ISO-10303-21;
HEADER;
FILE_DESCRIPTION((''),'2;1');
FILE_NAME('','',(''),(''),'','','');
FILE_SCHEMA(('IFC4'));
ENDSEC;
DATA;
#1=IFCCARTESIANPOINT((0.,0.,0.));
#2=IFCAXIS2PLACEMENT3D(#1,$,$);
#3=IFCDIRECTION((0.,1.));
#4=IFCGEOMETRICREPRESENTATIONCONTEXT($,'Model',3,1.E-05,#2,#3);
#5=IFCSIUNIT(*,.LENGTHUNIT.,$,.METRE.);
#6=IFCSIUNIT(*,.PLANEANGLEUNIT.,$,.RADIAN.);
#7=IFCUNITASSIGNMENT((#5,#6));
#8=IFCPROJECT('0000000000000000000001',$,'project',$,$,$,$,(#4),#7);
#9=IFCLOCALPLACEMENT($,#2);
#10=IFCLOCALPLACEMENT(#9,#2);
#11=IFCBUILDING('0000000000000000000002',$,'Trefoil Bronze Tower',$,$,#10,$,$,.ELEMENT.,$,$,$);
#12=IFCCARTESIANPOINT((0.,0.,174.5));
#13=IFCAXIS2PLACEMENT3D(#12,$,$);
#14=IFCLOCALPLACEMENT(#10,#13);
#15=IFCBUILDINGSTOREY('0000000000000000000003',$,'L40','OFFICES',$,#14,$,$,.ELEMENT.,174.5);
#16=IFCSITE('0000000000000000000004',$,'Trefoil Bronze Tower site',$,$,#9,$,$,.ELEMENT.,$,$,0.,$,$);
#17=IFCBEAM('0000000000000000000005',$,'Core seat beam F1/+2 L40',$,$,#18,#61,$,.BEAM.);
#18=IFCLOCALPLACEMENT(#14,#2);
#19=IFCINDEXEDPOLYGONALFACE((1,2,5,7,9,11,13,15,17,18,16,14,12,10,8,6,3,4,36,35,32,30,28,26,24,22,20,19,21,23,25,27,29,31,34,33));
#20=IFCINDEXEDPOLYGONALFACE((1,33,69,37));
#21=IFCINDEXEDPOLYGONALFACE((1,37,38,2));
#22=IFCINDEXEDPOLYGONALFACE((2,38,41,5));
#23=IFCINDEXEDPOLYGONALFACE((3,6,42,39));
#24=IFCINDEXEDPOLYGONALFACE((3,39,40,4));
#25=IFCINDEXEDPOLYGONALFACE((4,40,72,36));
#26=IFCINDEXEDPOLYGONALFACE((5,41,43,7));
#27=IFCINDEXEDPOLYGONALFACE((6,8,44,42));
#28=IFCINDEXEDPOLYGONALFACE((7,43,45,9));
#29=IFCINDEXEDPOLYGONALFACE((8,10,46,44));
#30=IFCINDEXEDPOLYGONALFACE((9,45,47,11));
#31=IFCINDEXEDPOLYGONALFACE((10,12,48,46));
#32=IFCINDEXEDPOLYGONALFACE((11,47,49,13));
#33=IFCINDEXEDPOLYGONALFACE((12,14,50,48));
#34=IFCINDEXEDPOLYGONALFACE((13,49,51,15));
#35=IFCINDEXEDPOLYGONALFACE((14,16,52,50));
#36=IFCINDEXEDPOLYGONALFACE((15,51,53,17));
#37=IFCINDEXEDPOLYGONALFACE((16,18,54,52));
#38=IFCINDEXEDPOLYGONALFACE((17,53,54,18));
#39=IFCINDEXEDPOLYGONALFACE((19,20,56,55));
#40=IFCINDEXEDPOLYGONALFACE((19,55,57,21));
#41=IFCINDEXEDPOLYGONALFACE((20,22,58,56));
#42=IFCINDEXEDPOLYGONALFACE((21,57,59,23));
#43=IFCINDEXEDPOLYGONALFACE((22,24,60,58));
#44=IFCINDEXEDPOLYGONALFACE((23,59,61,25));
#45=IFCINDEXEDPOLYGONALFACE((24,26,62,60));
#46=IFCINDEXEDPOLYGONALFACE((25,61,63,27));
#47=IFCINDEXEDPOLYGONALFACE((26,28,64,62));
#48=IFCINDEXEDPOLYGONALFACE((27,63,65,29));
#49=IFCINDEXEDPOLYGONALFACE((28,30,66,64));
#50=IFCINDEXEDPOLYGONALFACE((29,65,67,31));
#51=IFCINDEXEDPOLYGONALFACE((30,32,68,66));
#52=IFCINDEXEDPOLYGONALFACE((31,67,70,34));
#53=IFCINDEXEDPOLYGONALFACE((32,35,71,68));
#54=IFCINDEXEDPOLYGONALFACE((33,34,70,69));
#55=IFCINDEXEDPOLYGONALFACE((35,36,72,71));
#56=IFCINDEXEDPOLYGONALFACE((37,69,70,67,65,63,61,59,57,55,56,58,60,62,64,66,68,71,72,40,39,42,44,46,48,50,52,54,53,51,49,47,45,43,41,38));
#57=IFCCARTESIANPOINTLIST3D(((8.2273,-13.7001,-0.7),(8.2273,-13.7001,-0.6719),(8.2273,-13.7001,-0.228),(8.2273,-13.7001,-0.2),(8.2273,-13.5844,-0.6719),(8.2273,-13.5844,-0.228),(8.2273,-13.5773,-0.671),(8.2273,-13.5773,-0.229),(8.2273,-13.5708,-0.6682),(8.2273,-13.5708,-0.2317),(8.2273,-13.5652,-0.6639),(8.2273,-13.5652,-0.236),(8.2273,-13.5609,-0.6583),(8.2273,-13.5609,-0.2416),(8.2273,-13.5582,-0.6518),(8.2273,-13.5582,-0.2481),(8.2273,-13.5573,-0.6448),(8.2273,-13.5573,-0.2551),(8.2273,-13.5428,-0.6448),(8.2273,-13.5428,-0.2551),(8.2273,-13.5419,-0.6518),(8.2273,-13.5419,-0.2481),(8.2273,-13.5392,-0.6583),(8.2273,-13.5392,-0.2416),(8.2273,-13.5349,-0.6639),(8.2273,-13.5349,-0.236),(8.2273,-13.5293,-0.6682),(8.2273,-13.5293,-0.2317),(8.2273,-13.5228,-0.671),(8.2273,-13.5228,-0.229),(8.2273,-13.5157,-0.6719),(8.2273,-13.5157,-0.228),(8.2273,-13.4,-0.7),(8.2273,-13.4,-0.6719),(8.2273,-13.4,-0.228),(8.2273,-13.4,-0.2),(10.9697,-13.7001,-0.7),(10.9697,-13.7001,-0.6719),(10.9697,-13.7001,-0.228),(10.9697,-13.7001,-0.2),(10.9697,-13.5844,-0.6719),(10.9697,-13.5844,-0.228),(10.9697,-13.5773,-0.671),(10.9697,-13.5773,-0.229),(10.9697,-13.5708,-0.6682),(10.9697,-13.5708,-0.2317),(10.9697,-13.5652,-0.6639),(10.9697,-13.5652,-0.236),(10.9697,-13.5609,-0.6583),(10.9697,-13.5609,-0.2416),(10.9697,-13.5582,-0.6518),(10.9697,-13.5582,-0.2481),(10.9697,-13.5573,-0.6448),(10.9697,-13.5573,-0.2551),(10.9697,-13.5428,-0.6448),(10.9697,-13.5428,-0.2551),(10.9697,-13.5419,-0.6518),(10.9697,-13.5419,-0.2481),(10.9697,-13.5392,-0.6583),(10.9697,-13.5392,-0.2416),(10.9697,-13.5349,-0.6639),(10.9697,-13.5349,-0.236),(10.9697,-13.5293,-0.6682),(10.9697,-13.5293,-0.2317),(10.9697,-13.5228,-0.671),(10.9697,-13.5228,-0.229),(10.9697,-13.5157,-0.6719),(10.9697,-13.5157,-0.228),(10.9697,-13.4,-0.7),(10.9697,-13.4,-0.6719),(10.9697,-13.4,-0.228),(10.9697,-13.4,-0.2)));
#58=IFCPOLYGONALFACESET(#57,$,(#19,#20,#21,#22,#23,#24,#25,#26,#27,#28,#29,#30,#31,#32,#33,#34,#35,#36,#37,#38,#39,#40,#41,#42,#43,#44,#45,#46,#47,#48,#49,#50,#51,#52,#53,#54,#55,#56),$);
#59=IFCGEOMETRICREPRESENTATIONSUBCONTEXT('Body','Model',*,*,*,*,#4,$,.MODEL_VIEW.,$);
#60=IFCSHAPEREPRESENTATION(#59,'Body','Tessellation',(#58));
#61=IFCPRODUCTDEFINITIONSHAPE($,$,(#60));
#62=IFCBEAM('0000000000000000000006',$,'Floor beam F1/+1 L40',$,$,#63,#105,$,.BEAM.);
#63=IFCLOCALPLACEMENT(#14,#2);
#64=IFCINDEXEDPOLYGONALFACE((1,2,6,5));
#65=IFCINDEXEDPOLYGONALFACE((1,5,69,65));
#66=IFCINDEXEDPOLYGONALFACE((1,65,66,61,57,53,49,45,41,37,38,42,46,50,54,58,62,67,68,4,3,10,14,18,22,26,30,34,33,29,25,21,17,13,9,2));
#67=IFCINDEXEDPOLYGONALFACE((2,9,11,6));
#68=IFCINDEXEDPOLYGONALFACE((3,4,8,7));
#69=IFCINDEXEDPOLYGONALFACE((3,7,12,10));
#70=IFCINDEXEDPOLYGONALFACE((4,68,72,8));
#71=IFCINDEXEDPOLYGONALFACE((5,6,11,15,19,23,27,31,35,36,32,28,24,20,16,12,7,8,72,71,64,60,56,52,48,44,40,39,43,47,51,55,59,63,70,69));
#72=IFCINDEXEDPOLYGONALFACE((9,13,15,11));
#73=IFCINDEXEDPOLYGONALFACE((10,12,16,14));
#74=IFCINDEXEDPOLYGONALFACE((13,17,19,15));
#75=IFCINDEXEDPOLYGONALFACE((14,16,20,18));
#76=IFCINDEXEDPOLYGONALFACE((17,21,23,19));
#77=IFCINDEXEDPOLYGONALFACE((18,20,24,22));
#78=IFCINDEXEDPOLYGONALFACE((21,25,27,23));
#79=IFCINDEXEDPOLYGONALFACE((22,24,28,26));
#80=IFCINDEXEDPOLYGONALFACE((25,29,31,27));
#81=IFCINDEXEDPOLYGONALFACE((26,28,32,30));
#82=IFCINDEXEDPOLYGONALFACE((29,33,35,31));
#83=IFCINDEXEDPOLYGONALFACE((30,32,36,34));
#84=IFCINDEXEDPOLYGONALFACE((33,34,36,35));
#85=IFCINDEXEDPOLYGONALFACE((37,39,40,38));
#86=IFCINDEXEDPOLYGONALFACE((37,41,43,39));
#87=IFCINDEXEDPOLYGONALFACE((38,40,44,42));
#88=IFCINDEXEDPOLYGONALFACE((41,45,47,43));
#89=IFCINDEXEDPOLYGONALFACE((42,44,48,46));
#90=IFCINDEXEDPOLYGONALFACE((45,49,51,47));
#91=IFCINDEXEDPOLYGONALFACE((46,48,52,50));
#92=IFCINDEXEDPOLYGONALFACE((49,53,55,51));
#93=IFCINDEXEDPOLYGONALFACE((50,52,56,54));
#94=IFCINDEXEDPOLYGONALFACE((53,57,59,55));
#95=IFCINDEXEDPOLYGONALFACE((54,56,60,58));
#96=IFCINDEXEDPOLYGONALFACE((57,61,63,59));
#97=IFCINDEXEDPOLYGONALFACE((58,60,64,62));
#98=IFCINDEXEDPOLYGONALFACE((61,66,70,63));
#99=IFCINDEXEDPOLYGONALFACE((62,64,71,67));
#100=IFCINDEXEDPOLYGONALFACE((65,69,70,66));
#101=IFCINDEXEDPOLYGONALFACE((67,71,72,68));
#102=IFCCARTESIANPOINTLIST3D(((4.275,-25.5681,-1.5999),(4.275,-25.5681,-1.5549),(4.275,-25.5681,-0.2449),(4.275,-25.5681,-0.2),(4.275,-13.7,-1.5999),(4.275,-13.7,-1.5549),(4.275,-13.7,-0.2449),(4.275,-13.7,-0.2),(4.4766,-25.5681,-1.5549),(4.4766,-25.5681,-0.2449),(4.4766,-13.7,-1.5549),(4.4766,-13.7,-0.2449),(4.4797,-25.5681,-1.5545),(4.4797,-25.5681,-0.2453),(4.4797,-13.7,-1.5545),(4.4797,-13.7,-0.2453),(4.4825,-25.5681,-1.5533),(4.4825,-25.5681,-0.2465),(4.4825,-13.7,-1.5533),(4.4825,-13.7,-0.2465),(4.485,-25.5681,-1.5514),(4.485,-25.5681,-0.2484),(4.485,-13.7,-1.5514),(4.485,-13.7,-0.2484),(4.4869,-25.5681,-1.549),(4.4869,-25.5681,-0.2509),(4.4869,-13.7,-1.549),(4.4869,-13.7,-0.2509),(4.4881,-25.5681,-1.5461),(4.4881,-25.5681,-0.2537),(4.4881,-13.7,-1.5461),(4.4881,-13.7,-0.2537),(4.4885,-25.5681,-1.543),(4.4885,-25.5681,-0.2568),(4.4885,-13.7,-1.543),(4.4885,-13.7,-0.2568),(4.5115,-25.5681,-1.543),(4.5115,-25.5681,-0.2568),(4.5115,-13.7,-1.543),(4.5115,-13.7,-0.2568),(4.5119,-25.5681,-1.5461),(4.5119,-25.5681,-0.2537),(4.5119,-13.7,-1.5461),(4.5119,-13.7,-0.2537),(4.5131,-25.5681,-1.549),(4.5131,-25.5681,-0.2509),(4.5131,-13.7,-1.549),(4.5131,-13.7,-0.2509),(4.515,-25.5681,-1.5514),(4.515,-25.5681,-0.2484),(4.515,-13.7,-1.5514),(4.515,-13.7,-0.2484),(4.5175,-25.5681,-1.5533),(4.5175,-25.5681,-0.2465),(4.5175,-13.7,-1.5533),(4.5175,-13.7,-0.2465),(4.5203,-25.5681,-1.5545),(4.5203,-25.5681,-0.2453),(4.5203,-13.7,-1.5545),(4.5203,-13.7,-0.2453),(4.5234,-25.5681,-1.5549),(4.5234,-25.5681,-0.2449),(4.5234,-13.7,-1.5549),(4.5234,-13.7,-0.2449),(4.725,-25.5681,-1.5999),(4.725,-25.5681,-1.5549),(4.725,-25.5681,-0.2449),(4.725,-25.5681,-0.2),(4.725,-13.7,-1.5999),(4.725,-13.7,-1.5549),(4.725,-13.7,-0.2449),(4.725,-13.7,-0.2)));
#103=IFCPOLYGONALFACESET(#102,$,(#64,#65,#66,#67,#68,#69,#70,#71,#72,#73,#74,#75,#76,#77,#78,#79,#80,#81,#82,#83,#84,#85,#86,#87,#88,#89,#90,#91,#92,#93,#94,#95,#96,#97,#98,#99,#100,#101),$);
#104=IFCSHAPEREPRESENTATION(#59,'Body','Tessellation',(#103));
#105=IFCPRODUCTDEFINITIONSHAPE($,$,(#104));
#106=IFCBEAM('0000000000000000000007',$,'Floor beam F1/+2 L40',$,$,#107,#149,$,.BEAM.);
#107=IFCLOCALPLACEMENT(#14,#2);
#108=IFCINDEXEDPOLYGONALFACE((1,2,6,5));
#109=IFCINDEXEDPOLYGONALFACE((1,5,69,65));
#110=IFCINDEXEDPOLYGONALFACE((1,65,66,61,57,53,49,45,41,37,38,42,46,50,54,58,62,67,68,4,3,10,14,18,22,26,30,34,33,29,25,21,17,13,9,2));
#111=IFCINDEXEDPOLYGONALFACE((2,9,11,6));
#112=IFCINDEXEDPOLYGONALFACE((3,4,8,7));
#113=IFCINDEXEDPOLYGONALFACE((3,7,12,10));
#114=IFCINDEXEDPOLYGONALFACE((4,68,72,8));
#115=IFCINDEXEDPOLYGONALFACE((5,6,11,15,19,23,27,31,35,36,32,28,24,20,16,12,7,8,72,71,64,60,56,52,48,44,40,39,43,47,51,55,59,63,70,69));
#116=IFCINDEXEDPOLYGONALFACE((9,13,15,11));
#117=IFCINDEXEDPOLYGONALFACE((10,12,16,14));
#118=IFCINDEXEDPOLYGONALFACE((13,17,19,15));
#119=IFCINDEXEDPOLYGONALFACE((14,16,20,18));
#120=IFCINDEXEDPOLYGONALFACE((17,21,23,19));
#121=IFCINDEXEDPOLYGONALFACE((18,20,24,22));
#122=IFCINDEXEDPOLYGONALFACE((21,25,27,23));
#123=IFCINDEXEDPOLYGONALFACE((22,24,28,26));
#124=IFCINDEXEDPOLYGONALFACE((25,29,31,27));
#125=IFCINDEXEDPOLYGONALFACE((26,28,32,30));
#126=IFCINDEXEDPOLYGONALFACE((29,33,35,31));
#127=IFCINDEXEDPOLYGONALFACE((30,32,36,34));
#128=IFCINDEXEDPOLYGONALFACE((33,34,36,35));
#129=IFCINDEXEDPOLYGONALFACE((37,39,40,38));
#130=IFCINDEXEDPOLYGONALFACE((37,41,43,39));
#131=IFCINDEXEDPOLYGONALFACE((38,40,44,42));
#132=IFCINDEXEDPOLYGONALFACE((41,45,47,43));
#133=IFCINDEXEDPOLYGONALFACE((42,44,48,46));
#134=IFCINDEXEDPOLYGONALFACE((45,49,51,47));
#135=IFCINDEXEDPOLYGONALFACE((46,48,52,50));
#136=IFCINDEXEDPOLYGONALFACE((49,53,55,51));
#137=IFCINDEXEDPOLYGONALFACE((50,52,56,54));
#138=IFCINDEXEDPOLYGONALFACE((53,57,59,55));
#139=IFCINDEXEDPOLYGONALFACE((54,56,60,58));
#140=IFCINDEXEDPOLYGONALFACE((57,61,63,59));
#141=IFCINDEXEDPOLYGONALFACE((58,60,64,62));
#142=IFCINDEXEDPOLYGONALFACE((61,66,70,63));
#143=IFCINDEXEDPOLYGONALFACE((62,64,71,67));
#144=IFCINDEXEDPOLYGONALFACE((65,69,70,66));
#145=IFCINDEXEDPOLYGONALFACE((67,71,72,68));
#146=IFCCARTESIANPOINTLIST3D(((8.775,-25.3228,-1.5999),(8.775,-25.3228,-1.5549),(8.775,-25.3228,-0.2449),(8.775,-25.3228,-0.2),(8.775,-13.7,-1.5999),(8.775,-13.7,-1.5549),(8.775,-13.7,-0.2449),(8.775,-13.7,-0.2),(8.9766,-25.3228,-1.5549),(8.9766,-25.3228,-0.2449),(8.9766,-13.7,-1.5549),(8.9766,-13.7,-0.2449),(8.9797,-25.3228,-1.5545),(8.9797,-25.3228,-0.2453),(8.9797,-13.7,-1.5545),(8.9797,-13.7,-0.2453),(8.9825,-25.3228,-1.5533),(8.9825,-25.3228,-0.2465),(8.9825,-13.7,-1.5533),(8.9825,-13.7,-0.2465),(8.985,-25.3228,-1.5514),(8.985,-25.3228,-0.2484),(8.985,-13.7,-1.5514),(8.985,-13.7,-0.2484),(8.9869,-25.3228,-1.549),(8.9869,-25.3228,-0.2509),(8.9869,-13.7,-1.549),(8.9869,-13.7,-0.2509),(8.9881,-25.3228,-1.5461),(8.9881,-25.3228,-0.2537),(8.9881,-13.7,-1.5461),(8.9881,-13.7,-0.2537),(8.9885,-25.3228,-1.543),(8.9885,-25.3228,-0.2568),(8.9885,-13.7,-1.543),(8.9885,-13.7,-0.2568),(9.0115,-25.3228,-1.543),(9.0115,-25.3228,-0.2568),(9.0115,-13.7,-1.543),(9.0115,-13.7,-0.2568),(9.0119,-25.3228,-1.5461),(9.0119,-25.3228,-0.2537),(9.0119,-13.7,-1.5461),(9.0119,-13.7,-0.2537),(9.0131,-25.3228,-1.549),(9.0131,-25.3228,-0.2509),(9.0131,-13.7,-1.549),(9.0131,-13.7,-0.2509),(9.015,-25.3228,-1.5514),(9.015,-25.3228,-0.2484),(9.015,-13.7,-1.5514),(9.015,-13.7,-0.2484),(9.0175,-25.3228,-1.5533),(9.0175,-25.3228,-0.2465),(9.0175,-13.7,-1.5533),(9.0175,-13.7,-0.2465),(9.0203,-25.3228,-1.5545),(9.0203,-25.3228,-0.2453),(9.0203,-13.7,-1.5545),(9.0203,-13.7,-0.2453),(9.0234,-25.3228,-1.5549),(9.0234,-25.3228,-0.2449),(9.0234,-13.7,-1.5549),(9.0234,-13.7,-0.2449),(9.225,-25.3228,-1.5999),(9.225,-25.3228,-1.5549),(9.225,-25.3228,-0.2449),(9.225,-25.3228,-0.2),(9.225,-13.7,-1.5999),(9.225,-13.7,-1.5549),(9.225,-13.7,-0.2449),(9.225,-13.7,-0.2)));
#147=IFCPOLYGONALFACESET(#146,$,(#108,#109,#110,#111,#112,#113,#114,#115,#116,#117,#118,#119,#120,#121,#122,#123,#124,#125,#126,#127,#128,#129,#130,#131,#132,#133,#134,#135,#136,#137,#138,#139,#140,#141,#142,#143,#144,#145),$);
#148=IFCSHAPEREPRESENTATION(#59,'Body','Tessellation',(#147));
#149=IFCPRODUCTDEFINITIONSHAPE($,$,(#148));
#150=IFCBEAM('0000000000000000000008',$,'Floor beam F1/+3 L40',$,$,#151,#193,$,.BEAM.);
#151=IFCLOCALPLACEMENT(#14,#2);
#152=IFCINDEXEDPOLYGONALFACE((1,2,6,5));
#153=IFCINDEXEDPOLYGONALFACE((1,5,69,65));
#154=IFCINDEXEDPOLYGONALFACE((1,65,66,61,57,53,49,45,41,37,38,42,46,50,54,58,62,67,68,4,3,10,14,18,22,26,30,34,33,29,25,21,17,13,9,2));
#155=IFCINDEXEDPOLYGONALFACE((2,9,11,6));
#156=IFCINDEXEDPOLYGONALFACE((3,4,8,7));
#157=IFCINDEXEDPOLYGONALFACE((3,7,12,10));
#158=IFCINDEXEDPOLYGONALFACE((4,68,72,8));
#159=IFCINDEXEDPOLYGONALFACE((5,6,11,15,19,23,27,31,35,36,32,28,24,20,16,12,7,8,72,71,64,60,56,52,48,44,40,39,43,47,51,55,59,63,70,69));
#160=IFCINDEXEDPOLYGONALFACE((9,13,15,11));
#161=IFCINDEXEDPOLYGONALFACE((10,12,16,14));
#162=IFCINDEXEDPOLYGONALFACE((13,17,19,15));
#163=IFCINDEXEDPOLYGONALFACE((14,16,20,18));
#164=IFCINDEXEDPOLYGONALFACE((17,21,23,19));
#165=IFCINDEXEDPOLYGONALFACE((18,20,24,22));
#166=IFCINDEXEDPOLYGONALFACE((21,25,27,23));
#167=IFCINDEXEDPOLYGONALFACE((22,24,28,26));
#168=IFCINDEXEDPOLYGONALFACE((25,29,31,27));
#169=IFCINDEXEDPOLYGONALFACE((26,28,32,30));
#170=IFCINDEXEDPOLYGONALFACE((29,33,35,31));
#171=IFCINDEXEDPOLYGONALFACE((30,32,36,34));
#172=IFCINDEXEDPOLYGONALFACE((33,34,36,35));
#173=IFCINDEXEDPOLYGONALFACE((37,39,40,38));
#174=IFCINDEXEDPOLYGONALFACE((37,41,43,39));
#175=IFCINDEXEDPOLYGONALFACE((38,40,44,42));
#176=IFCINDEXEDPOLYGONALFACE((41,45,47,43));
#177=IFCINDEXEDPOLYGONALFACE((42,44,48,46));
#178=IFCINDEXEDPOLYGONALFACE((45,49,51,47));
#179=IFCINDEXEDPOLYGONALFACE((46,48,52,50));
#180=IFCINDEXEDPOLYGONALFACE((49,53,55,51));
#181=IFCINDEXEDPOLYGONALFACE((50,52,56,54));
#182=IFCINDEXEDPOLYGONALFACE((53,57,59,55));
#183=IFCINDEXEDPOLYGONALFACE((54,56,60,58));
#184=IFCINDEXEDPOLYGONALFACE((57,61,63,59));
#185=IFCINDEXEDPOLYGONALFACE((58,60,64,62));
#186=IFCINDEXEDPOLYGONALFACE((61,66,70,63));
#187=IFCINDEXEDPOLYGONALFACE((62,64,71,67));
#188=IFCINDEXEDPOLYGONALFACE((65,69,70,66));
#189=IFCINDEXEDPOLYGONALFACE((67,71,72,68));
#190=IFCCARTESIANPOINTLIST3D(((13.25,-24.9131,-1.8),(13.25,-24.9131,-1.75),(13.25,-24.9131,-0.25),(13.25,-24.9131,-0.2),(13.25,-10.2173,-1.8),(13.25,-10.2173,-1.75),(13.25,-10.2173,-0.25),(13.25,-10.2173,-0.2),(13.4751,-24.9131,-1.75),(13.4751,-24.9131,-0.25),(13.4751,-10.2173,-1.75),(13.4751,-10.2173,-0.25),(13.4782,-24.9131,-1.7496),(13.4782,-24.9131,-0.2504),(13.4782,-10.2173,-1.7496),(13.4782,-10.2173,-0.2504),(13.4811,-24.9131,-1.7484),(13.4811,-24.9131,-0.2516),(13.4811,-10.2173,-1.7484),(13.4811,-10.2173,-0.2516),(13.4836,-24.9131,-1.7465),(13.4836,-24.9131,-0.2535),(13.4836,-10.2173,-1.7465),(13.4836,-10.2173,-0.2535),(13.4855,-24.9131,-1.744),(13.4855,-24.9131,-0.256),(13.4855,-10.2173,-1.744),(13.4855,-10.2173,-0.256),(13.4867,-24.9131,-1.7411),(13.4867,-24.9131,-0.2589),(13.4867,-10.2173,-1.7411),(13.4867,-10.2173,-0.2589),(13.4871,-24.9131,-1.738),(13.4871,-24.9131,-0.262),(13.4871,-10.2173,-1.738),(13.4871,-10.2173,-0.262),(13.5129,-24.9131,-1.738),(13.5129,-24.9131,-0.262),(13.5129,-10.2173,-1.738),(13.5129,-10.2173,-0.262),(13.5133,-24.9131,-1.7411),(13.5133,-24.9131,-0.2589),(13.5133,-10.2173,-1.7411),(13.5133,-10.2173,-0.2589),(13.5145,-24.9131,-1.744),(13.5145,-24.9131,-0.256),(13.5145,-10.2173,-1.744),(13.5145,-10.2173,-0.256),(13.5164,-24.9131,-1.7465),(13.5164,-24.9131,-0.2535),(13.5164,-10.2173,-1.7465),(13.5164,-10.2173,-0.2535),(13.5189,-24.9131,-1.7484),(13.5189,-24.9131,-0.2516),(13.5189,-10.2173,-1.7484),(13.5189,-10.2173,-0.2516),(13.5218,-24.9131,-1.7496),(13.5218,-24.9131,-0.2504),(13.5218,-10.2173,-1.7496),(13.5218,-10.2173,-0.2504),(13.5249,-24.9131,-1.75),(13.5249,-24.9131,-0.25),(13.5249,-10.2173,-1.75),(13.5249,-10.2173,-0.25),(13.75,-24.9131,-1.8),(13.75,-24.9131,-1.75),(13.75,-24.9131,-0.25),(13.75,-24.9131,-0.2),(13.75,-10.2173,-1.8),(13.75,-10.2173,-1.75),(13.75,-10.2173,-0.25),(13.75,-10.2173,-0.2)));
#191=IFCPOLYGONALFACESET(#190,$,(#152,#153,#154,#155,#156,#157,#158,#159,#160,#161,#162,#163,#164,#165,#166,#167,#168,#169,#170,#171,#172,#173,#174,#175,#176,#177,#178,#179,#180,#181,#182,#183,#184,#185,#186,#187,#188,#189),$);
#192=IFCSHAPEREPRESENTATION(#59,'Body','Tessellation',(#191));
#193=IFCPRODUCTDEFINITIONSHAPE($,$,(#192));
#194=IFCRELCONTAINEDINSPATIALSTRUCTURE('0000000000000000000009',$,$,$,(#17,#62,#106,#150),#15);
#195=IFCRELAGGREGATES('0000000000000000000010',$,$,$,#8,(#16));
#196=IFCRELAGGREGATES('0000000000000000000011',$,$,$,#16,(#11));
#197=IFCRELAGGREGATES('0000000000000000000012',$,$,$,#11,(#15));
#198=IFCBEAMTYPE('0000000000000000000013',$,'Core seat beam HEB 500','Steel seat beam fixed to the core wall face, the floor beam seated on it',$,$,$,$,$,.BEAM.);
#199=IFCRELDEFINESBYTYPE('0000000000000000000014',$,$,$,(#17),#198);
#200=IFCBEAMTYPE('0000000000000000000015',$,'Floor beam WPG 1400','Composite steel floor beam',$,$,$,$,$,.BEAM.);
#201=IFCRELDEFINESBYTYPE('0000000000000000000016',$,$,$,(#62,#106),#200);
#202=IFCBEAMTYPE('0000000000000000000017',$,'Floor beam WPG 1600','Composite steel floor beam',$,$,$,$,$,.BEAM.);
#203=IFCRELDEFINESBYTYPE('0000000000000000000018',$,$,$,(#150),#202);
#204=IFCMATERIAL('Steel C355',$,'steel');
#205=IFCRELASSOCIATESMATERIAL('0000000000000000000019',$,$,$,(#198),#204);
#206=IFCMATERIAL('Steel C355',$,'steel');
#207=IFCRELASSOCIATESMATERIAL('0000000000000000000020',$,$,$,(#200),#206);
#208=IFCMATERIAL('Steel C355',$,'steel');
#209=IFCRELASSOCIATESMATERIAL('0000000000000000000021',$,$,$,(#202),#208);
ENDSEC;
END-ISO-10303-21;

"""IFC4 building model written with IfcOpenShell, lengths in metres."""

from ifc_helpers import new_model, si_unit, direction, frame, origin, origin_2d, place, context, subcontext, project, spatial, i_section, extrude, material, material_profile, profile_set, type_object, element, save


model = new_model("IFC4")

# Units and contexts
model_context = context("Model", 3, precision=1e-05, world=origin(), true_north=direction((0.0, 1.0)))
body_context = subcontext(model_context, "Body", "Model", "MODEL_VIEW")
ifc_project = project(units=[si_unit("LENGTHUNIT", "METRE"), si_unit("PLANEANGLEUNIT", "RADIAN")], contexts=[model_context])

# Site, building, storey
site_placement = place(None, origin())
site = spatial("IfcSite", under=ifc_project, at=site_placement, Name="Trefoil Bronze Tower site", CompositionType="ELEMENT", RefElevation=0.0)
building_placement = place(site_placement, origin())
building = spatial("IfcBuilding", under=site, at=building_placement, Name="Trefoil Bronze Tower", CompositionType="ELEMENT")
storey_placement = place(building_placement, frame((0.0, 0.0, 174.5)))
storey = spatial("IfcBuildingStorey", under=building, at=storey_placement, Name="L40", Description="OFFICES", CompositionType="ELEMENT", Elevation=174.5)

# Beams
ifc_material_1 = material(Name="Steel C355", Category="steel")
ifc_material_profile_1 = material_profile(ifc_material_1, i_section(OverallWidth=0.3, OverallDepth=0.5, WebThickness=0.0144, FlangeThickness=0.0281, FilletRadius=0.0271, at=origin_2d()), Name="HEB 500")
ifc_profile_set_1 = profile_set([ifc_material_profile_1], Name="Steel C355")
beam_type_1 = type_object("IfcBeamType", Name="Core seat beam HEB 500", Description="Steel seat beam fixed to the core wall face, the floor beam seated on it", PredefinedType="BEAM", material=ifc_profile_set_1)
for number, where, z_axis, x_axis, name in (
    (1, (8.2273, -13.55, -0.45), (1.0, 0.0, 0.0), (0.0, 1.0, 0.0), "Core seat beam F1/+2 L40"),
):
    element("IfcBeam", number, at=place(storey_placement, frame(where, z_axis=z_axis, x_axis=x_axis)), inside=storey, type_object=beam_type_1, Name=name, PredefinedType="BEAM", context=body_context, shape_type="SweptSolid", body=[
        extrude(i_section(OverallWidth=0.3, OverallDepth=0.5, WebThickness=0.0144, FlangeThickness=0.0281, FilletRadius=0.0271, at=origin_2d()), origin(), (0.0, 0.0, 1.0), 2.7424),
    ])
ifc_material_2 = material(Name="Steel C355", Category="steel")
ifc_material_profile_2 = material_profile(ifc_material_2, i_section(OverallWidth=0.45, OverallDepth=1.3999, WebThickness=0.0229, FlangeThickness=0.0449, FilletRadius=0.012, at=origin_2d()), Name="WPG 1400")
ifc_profile_set_2 = profile_set([ifc_material_profile_2], Name="Steel C355")
beam_type_2 = type_object("IfcBeamType", Name="Floor beam WPG 1400", Description="Composite steel floor beam", PredefinedType="BEAM", material=ifc_profile_set_2)
beam_1_placement = place(storey_placement, frame((4.5, -25.5681, -0.8999), z_axis=(0.0, 1.0, 0.0), x_axis=(-1.0, 0.0, 0.0)))
element("IfcBeam", 2, at=beam_1_placement, inside=storey, type_object=beam_type_2, Name="Floor beam F1/+1 L40", PredefinedType="BEAM", context=body_context, shape_type="SweptSolid", body=[
    extrude(i_section(OverallWidth=0.45, OverallDepth=1.3999, WebThickness=0.0229, FlangeThickness=0.0449, FilletRadius=0.012, at=origin_2d()), origin(), (0.0, 0.0, 1.0), 11.8682),
])
beam_2_placement = place(storey_placement, frame((9.0, -25.3228, -0.8999), z_axis=(0.0, 1.0, 0.0), x_axis=(-1.0, 0.0, 0.0)))
element("IfcBeam", 3, at=beam_2_placement, inside=storey, type_object=beam_type_2, Name="Floor beam F1/+2 L40", PredefinedType="BEAM", context=body_context, shape_type="SweptSolid", body=[
    extrude(i_section(OverallWidth=0.45, OverallDepth=1.3999, WebThickness=0.0229, FlangeThickness=0.0449, FilletRadius=0.012, at=origin_2d()), origin(), (0.0, 0.0, 1.0), 11.6228),
])
ifc_material_3 = material(Name="Steel C355", Category="steel")
ifc_material_profile_3 = material_profile(ifc_material_3, i_section(OverallWidth=0.5, OverallDepth=1.6001, WebThickness=0.0259, FlangeThickness=0.05, FilletRadius=0.012, at=origin_2d()), Name="WPG 1600")
ifc_profile_set_3 = profile_set([ifc_material_profile_3], Name="Steel C355")
beam_type_3 = type_object("IfcBeamType", Name="Floor beam WPG 1600", Description="Composite steel floor beam", PredefinedType="BEAM", material=ifc_profile_set_3)
beam_3_placement = place(storey_placement, frame((13.5, -24.9131, -1.0), z_axis=(0.0, 1.0, 0.0), x_axis=(-1.0, 0.0, 0.0)))
element("IfcBeam", 4, at=beam_3_placement, inside=storey, type_object=beam_type_3, Name="Floor beam F1/+3 L40", PredefinedType="BEAM", context=body_context, shape_type="SweptSolid", body=[
    extrude(i_section(OverallWidth=0.5, OverallDepth=1.6001, WebThickness=0.0259, FlangeThickness=0.05, FilletRadius=0.012, at=origin_2d()), origin(), (0.0, 0.0, 1.0), 14.6958),
])

save(model, "model.ifc")
